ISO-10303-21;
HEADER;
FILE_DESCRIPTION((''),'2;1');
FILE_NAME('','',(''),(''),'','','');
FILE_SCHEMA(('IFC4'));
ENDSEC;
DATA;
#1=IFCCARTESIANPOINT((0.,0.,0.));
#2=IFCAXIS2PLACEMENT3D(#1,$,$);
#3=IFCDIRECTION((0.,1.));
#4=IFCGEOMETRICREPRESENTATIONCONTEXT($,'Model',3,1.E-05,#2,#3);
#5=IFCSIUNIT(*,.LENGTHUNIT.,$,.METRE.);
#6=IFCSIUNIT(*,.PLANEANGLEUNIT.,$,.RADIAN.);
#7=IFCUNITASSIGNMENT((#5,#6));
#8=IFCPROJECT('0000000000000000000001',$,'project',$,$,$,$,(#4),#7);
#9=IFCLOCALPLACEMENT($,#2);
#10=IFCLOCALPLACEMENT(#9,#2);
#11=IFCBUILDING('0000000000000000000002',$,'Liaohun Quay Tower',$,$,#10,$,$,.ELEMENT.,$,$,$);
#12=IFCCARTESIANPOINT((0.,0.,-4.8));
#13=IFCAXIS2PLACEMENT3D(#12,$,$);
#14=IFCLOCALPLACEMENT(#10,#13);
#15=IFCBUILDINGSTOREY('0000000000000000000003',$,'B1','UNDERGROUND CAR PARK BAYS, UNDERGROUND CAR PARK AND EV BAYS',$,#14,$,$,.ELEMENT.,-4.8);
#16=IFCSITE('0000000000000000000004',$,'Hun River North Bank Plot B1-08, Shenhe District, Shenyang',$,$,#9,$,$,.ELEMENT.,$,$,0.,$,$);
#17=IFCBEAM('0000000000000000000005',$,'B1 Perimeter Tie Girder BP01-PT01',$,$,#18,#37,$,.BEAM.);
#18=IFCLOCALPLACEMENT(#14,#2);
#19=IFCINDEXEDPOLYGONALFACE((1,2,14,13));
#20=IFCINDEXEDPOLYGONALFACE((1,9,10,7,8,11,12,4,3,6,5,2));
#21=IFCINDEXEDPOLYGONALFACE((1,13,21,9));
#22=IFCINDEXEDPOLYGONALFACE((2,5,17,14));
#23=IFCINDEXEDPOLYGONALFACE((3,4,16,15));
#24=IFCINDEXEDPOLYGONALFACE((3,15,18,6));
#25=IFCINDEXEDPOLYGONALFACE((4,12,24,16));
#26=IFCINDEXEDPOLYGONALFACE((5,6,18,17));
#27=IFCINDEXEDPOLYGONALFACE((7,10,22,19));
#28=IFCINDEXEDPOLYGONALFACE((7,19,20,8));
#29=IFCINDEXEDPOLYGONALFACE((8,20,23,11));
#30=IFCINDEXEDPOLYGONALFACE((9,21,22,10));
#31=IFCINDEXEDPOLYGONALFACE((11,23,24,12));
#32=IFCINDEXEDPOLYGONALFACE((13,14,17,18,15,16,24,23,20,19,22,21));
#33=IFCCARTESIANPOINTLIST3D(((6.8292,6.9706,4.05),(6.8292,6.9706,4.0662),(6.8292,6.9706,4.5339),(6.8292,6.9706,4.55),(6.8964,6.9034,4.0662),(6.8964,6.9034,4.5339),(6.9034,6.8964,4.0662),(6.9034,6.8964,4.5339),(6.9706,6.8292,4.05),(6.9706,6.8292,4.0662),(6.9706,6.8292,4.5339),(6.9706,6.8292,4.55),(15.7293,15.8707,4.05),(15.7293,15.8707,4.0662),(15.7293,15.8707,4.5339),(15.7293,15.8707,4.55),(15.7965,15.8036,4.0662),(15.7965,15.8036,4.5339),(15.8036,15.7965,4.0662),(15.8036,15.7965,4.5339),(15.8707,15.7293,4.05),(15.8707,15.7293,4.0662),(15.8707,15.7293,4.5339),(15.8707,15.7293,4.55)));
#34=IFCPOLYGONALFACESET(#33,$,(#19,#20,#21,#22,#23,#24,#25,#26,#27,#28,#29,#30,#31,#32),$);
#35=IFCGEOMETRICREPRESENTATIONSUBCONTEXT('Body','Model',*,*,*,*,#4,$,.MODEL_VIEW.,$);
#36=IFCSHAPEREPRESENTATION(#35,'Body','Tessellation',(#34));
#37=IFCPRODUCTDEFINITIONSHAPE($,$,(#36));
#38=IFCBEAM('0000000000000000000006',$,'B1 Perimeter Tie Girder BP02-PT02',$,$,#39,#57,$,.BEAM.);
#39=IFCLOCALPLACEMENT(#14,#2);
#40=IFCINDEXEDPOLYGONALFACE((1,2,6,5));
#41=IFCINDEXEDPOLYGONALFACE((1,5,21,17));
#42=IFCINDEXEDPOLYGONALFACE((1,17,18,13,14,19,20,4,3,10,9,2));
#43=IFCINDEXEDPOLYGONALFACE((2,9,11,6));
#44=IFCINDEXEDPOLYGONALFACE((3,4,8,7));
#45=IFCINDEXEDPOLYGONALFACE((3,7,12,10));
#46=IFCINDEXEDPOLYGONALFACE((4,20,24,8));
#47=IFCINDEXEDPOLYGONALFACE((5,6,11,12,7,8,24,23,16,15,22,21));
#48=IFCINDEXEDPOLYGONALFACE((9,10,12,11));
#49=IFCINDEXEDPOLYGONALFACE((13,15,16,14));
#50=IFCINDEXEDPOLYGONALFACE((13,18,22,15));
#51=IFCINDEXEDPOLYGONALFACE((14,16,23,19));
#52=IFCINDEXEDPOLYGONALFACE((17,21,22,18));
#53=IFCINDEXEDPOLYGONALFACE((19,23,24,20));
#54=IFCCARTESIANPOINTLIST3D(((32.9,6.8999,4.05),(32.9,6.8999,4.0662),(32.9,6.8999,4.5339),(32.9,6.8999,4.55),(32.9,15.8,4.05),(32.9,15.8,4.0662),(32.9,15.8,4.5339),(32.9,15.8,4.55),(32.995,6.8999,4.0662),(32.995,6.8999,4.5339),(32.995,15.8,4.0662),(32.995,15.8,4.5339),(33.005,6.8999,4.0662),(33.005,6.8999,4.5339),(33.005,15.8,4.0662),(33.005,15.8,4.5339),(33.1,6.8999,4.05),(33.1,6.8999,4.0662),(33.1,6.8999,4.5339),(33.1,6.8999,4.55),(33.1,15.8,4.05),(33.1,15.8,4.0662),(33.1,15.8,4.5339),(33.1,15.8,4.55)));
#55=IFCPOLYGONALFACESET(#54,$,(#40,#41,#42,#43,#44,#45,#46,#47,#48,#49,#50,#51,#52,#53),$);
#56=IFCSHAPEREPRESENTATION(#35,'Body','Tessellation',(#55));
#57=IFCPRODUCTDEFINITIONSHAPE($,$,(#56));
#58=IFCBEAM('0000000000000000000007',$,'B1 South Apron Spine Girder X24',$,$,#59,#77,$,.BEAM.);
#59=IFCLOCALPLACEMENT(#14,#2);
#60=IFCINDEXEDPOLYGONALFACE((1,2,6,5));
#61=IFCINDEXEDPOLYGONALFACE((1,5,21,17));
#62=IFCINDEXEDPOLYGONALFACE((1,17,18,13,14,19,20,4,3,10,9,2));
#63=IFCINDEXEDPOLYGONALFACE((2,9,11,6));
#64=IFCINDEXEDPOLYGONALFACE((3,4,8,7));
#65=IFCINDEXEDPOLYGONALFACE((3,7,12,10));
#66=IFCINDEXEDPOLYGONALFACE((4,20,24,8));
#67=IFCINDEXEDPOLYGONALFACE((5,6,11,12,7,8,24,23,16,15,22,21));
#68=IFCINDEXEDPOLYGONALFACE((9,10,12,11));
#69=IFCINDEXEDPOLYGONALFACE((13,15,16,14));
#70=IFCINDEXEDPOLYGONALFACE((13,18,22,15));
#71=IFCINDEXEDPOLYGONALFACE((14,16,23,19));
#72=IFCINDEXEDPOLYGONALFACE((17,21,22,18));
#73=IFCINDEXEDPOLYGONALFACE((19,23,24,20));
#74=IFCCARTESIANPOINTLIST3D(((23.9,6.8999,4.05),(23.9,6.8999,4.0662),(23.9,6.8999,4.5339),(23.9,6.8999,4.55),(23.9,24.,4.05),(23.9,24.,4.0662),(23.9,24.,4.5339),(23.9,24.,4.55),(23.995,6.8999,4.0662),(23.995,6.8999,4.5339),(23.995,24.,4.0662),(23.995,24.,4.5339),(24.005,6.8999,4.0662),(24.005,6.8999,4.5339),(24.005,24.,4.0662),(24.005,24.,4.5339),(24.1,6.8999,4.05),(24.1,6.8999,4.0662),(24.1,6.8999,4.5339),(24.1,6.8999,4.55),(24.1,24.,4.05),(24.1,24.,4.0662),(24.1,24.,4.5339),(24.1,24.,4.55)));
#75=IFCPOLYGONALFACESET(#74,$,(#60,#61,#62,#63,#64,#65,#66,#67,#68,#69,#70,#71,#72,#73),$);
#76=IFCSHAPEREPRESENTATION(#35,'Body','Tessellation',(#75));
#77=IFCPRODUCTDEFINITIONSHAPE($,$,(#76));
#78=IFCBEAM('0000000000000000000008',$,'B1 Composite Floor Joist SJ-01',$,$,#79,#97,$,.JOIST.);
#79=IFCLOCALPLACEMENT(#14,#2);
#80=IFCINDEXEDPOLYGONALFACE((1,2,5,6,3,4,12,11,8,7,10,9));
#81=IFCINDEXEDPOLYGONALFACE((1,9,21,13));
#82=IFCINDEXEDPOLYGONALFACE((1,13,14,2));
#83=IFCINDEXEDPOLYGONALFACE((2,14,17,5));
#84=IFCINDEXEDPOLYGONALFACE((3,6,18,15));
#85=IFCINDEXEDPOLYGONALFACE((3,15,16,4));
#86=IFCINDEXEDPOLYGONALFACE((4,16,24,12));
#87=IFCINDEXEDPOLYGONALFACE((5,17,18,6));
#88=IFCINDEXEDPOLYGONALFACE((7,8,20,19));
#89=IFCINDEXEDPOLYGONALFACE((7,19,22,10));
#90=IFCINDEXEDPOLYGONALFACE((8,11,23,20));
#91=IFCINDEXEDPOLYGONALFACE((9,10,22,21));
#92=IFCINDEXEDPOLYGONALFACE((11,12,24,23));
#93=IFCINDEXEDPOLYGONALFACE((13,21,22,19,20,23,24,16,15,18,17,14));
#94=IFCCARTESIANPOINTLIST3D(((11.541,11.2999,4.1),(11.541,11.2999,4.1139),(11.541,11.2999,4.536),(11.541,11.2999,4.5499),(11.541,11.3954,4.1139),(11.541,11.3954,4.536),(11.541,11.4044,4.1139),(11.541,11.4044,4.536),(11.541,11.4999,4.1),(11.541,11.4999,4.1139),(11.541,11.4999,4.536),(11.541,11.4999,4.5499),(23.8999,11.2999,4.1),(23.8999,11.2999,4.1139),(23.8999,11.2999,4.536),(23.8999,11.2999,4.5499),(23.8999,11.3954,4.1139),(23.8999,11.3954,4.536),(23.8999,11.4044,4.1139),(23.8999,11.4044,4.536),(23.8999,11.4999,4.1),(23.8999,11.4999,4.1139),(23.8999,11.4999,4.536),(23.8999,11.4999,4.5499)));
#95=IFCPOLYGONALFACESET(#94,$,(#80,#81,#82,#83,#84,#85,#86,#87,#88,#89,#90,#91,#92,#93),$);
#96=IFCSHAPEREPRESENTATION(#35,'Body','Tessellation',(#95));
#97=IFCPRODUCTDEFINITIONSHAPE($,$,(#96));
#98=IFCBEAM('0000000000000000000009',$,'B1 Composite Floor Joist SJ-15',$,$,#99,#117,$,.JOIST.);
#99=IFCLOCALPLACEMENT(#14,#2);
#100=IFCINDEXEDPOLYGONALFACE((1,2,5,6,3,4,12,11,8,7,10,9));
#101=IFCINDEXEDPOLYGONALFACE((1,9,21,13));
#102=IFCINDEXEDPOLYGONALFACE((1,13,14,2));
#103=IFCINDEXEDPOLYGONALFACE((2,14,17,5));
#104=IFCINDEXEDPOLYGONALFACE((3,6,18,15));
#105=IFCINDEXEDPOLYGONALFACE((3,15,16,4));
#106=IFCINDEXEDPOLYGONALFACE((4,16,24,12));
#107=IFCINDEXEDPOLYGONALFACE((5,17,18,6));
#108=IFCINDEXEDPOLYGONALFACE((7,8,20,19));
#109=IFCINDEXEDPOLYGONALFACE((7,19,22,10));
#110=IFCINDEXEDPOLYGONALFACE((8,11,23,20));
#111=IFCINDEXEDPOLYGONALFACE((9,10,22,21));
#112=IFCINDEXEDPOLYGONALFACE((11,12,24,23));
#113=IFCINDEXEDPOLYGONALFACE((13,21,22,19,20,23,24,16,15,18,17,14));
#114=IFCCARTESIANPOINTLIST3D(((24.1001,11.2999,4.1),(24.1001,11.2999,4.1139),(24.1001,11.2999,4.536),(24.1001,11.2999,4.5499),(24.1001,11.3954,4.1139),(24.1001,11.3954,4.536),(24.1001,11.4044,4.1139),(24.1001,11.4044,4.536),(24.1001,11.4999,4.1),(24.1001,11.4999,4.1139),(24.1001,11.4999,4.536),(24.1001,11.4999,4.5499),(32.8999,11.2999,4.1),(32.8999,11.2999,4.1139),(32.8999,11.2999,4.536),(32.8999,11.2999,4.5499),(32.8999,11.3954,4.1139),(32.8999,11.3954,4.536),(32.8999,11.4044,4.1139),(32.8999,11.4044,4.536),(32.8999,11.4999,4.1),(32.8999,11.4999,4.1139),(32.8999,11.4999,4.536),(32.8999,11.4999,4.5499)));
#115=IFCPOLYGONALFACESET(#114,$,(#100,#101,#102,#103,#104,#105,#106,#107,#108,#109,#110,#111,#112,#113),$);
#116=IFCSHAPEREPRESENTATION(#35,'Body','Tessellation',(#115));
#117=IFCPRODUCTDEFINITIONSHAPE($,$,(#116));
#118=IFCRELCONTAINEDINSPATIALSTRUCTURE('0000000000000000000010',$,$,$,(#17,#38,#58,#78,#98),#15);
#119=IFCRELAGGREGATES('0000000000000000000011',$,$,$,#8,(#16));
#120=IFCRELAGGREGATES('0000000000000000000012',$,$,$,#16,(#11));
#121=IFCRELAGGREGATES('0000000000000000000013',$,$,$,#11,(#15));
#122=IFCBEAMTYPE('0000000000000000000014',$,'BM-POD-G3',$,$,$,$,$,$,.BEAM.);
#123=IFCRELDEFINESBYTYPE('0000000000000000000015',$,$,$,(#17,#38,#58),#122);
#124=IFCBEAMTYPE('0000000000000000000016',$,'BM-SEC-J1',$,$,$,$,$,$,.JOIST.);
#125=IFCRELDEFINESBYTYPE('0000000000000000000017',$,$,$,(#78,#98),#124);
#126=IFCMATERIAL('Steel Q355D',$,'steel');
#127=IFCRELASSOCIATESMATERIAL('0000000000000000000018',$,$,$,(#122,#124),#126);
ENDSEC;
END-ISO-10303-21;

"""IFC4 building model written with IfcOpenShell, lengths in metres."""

from ifc_helpers import new_model, si_unit, direction, frame, origin, origin_2d, place, context, subcontext, project, spatial, i_section, extrude, source, transform, mapped, material, material_profile, profile_set, type_object, element, save


model = new_model("IFC4")

# Units and contexts
model_context = context("Model", 3, precision=1e-05, world=origin(), true_north=direction((0.0, 1.0)))
body_context = subcontext(model_context, "Body", "Model", "MODEL_VIEW")
ifc_project = project(units=[si_unit("LENGTHUNIT", "METRE"), si_unit("PLANEANGLEUNIT", "RADIAN")], contexts=[model_context])

# Site, building, storey
site_placement = place(None, origin())
site = spatial("IfcSite", under=ifc_project, at=site_placement, Name="Hun River North Bank Plot B1-08, Shenhe District, Shenyang", CompositionType="ELEMENT", RefElevation=0.0)
building_placement = place(site_placement, origin())
building = spatial("IfcBuilding", under=site, at=building_placement, Name="Liaohun Quay Tower", CompositionType="ELEMENT")
storey_placement = place(building_placement, frame((0.0, 0.0, -4.8)))
storey = spatial("IfcBuildingStorey", under=building, at=storey_placement, Name="B1", Description="UNDERGROUND CAR PARK BAYS, UNDERGROUND CAR PARK AND EV BAYS", CompositionType="ELEMENT", Elevation=-4.8)

# Beams
ifc_material_1 = material(Name="Steel Q355D", Category="steel")
ifc_material_profile_1 = material_profile(ifc_material_1, i_section(OverallWidth=0.2, OverallDepth=0.5, WebThickness=0.01, FlangeThickness=0.0161, at=origin_2d()), Name="HN500x200x10x16")
ifc_profile_set_1 = profile_set([ifc_material_profile_1], Name="Steel Q355D")
beam_type_1 = type_object("IfcBeamType", Name="BM-POD-G3", PredefinedType="BEAM", material=ifc_profile_set_1)
shared_shape_1 = source(origin(), body_context, "Body", "SweptSolid", [
    extrude(i_section(OverallWidth=0.2, OverallDepth=0.5, WebThickness=0.01, FlangeThickness=0.0161, at=origin_2d()), origin(), (0.0, 0.0, 1.0), 12.5867),
])
beam_1_placement = place(storey_placement, frame((6.8999, 6.8999, 4.3), z_axis=(0.707107, 0.707107, 0.0), x_axis=(-0.707107, 0.707107, 0.0)))
element("IfcBeam", 1, at=beam_1_placement, inside=storey, type_object=beam_type_1, Name="B1 Perimeter Tie Girder BP01-PT01", PredefinedType="BEAM", context=body_context, shape_type="MappedRepresentation", body=[
    mapped(shared_shape_1, transform((0.0, 0.0, 0.0), x_axis=(1.0, 0.0, 0.0), y_axis=(0.0, 1.0, 0.0), z_axis=(0.0, 0.0, 1.0), scale=1.0)),
])
shared_shape_2 = source(origin(), body_context, "Body", "SweptSolid", [
    extrude(i_section(OverallWidth=0.2, OverallDepth=0.5, WebThickness=0.01, FlangeThickness=0.0161, at=origin_2d()), origin(), (0.0, 0.0, 1.0), 8.9001),
])
beam_2_placement = place(storey_placement, frame((33.0, 6.8999, 4.3), z_axis=(0.0, 1.0, 0.0), x_axis=(-1.0, 0.0, 0.0)))
element("IfcBeam", 2, at=beam_2_placement, inside=storey, type_object=beam_type_1, Name="B1 Perimeter Tie Girder BP02-PT02", PredefinedType="BEAM", context=body_context, shape_type="MappedRepresentation", body=[
    mapped(shared_shape_2, transform((0.0, 0.0, 0.0), x_axis=(1.0, 0.0, 0.0), y_axis=(0.0, 1.0, 0.0), z_axis=(0.0, 0.0, 1.0), scale=1.0)),
])
shared_shape_3 = source(origin(), body_context, "Body", "SweptSolid", [
    extrude(i_section(OverallWidth=0.2, OverallDepth=0.5, WebThickness=0.01, FlangeThickness=0.0161, at=origin_2d()), origin(), (0.0, 0.0, 1.0), 17.1001),
])
beam_3_placement = place(storey_placement, frame((24.0, 6.8999, 4.3), z_axis=(0.0, 1.0, 0.0), x_axis=(-1.0, 0.0, 0.0)))
element("IfcBeam", 3, at=beam_3_placement, inside=storey, type_object=beam_type_1, Name="B1 South Apron Spine Girder X24", PredefinedType="BEAM", context=body_context, shape_type="MappedRepresentation", body=[
    mapped(shared_shape_3, transform((0.0, 0.0, 0.0), x_axis=(1.0, 0.0, 0.0), y_axis=(0.0, 1.0, 0.0), z_axis=(0.0, 0.0, 1.0), scale=1.0)),
])
ifc_material_profile_2 = material_profile(ifc_material_1, i_section(OverallWidth=0.2, OverallDepth=0.45, WebThickness=0.009, FlangeThickness=0.0139, at=origin_2d()), Name="HN450x200x9x14")
ifc_profile_set_2 = profile_set([ifc_material_profile_2], Name="Steel Q355D")
beam_type_2 = type_object("IfcBeamType", Name="BM-SEC-J1", PredefinedType="JOIST", material=ifc_profile_set_2)
shared_shape_4 = source(origin(), body_context, "Body", "SweptSolid", [
    extrude(i_section(OverallWidth=0.2, OverallDepth=0.45, WebThickness=0.009, FlangeThickness=0.0139, at=origin_2d()), origin(), (0.0, 0.0, 1.0), 12.3589),
])
beam_4_placement = place(storey_placement, frame((11.541, 11.3999, 4.325), z_axis=(1.0, 0.0, 0.0), x_axis=(0.0, 1.0, 0.0)))
element("IfcBeam", 4, at=beam_4_placement, inside=storey, type_object=beam_type_2, Name="B1 Composite Floor Joist SJ-01", PredefinedType="JOIST", context=body_context, shape_type="MappedRepresentation", body=[
    mapped(shared_shape_4, transform((0.0, 0.0, 0.0), x_axis=(1.0, 0.0, 0.0), y_axis=(0.0, 1.0, 0.0), z_axis=(0.0, 0.0, 1.0), scale=1.0)),
])
shared_shape_5 = source(origin(), body_context, "Body", "SweptSolid", [
    extrude(i_section(OverallWidth=0.2, OverallDepth=0.45, WebThickness=0.009, FlangeThickness=0.0139, at=origin_2d()), origin(), (0.0, 0.0, 1.0), 8.7998),
])
beam_5_placement = place(storey_placement, frame((24.1001, 11.3999, 4.325), z_axis=(1.0, 0.0, 0.0), x_axis=(0.0, 1.0, 0.0)))
element("IfcBeam", 5, at=beam_5_placement, inside=storey, type_object=beam_type_2, Name="B1 Composite Floor Joist SJ-15", PredefinedType="JOIST", context=body_context, shape_type="MappedRepresentation", body=[
    mapped(shared_shape_5, transform((0.0, 0.0, 0.0), x_axis=(1.0, 0.0, 0.0), y_axis=(0.0, 1.0, 0.0), z_axis=(0.0, 0.0, 1.0), scale=1.0)),
])

save(model, "model.ifc")
